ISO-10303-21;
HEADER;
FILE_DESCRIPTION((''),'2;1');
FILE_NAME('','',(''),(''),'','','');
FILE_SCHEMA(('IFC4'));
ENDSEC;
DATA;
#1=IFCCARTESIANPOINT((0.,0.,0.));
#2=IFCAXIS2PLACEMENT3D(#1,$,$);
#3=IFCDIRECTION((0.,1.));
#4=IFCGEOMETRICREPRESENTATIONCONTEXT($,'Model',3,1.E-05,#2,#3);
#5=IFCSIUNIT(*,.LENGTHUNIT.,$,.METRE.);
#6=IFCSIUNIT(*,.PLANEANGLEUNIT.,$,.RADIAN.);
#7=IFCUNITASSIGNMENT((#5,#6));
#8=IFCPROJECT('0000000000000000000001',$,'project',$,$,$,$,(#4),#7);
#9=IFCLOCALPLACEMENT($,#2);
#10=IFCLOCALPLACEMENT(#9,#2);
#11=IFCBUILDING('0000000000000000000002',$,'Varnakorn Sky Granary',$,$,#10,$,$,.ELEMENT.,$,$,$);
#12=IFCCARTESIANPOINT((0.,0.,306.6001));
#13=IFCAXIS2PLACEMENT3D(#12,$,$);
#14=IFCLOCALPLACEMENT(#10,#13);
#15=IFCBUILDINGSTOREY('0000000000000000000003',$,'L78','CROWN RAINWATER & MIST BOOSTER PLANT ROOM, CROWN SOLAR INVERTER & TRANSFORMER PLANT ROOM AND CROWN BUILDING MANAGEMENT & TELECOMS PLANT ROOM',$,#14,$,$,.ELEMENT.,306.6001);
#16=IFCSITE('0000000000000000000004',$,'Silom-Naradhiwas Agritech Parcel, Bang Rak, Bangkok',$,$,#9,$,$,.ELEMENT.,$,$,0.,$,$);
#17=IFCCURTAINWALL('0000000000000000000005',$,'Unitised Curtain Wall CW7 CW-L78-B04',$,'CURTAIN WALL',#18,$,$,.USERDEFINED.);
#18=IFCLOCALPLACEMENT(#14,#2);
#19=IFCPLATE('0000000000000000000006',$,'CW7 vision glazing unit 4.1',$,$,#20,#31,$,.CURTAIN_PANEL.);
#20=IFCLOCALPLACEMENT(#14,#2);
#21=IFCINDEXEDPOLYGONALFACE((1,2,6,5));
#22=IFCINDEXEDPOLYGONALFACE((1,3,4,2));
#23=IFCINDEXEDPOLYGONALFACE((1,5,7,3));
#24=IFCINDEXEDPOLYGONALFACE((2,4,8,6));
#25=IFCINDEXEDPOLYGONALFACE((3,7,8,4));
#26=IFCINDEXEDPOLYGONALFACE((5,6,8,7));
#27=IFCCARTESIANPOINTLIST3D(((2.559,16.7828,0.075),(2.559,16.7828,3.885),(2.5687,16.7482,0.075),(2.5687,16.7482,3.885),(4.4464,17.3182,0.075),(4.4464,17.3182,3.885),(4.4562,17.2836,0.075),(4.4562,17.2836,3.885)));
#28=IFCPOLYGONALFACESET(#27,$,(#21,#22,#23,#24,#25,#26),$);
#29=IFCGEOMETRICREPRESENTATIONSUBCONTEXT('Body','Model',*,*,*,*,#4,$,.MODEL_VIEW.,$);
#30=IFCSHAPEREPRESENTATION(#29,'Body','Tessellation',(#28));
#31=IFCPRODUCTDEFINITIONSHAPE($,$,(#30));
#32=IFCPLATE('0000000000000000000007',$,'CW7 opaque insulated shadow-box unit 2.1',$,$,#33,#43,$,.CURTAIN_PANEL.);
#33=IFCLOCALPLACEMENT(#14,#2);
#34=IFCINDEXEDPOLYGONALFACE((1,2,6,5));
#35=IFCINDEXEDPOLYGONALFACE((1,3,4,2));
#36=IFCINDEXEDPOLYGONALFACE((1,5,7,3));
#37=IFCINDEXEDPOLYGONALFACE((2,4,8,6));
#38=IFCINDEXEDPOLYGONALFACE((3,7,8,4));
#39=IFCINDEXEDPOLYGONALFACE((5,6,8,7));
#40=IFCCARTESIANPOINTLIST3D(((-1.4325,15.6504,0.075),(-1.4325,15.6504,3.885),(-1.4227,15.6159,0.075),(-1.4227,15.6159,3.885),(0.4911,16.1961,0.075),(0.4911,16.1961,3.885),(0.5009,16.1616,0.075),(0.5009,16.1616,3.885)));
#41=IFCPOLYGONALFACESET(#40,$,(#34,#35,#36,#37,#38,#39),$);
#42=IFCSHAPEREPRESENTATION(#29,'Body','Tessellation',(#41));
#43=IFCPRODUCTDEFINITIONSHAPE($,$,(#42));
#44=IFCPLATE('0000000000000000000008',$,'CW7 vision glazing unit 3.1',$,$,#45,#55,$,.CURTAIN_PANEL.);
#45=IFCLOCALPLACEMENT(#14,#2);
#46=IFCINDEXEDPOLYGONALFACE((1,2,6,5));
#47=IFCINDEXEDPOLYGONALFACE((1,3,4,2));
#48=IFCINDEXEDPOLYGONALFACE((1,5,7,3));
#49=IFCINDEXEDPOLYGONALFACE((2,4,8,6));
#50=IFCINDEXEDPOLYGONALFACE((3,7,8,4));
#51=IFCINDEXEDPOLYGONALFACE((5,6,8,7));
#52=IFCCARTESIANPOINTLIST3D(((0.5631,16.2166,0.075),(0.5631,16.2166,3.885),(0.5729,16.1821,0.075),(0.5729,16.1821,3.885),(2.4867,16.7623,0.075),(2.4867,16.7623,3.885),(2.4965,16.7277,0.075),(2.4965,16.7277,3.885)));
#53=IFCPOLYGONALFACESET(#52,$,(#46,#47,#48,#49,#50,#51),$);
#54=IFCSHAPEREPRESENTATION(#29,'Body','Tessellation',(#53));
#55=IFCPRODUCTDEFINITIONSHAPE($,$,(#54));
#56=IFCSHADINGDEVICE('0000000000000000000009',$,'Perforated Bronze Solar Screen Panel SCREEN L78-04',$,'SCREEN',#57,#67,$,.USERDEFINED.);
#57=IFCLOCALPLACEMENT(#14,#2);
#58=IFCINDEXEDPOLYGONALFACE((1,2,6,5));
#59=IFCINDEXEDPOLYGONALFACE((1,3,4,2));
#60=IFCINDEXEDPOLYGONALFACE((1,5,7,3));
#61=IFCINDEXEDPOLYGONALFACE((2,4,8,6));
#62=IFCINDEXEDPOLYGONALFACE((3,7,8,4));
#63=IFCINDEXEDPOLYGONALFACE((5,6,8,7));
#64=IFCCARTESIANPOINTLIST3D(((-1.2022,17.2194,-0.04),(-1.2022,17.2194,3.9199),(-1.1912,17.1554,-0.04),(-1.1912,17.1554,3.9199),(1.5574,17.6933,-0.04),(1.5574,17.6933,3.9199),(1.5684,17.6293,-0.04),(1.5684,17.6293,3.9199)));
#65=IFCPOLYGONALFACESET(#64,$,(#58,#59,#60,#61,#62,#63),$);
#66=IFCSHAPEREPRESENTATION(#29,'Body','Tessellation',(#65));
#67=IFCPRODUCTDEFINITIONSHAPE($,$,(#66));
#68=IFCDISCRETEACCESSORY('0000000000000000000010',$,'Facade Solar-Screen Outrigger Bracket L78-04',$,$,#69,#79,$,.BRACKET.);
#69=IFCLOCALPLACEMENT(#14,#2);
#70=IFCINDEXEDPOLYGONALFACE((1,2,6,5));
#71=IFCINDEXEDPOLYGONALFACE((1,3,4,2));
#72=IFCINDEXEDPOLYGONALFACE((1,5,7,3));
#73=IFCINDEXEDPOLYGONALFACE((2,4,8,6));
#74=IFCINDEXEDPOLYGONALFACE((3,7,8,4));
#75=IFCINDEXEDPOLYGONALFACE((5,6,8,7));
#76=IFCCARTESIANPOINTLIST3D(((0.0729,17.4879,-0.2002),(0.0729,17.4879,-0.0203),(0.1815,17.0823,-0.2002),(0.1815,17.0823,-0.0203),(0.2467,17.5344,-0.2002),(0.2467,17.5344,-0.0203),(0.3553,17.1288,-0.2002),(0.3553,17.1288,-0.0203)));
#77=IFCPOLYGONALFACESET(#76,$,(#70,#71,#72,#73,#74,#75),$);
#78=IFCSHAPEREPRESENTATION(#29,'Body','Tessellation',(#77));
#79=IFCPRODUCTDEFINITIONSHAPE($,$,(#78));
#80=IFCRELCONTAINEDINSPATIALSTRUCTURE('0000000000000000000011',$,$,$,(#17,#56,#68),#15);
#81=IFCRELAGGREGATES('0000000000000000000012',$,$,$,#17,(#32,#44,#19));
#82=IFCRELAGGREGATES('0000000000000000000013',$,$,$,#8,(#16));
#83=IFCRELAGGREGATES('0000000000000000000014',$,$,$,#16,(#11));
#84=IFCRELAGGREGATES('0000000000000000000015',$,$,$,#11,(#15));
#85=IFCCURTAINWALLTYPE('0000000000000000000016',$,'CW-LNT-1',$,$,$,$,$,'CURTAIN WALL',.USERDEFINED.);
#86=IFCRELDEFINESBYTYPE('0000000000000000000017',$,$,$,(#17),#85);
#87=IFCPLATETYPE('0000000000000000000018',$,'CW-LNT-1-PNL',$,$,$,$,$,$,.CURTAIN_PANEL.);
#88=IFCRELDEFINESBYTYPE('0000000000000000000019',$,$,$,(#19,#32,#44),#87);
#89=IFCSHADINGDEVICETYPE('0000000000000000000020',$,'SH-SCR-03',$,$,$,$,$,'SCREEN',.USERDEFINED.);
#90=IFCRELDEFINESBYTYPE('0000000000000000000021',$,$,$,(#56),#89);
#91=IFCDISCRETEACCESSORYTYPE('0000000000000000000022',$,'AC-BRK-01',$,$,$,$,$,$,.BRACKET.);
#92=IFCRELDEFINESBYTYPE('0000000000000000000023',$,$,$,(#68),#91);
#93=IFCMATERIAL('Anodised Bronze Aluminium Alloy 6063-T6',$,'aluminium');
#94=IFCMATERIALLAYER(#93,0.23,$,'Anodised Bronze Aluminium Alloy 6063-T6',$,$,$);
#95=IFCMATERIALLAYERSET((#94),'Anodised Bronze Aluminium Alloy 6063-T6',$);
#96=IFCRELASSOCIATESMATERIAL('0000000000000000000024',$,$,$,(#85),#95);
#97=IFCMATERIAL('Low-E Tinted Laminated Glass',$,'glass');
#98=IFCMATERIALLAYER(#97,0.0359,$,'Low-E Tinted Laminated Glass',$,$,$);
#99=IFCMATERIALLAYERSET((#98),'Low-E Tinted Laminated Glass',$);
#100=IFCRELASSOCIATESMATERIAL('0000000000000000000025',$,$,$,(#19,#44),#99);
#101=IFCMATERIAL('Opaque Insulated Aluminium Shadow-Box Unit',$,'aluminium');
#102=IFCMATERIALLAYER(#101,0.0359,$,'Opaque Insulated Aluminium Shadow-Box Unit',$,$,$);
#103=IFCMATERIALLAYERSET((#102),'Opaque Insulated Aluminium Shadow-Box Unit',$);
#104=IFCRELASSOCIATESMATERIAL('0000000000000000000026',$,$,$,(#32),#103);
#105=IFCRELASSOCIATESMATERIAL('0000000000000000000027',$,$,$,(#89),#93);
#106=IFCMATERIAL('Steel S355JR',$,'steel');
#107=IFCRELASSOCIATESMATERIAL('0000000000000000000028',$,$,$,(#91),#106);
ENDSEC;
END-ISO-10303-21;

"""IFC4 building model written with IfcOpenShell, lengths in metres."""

from ifc_helpers import new_model, si_unit, direction, frame, origin, origin_2d, place, context, subcontext, project, spatial, rectangle, extrude, source, transform, mapped, material, layer, layer_set, type_object, type_shapes, element, aggregate, save


model = new_model("IFC4")

# Units and contexts
model_context = context("Model", 3, precision=1e-05, world=origin(), true_north=direction((0.0, 1.0)))
body_context = subcontext(model_context, "Body", "Model", "MODEL_VIEW")
ifc_project = project(units=[si_unit("LENGTHUNIT", "METRE"), si_unit("PLANEANGLEUNIT", "RADIAN")], contexts=[model_context])

# Site, building, storey
site_placement = place(None, origin())
site = spatial("IfcSite", under=ifc_project, at=site_placement, Name="Silom-Naradhiwas Agritech Parcel, Bang Rak, Bangkok", CompositionType="ELEMENT", RefElevation=0.0)
building_placement = place(site_placement, origin())
building = spatial("IfcBuilding", under=site, at=building_placement, Name="Varnakorn Sky Granary", CompositionType="ELEMENT")
storey_placement = place(building_placement, frame((0.0, 0.0, 306.6001)))
storey = spatial("IfcBuildingStorey", under=building, at=storey_placement, Name="L78", Description="CROWN RAINWATER & MIST BOOSTER PLANT ROOM, CROWN SOLAR INVERTER & TRANSFORMER PLANT ROOM AND CROWN BUILDING MANAGEMENT & TELECOMS PLANT ROOM", CompositionType="ELEMENT", Elevation=306.6001)

# Shared definitions
ifc_material_1 = material(Name="Steel S355JR", Category="steel")

# Shared definitions
ifc_material_2 = material(Name="Anodised Bronze Aluminium Alloy 6063-T6", Category="aluminium")
ifc_layer_1 = layer(ifc_material_2, 0.23, Name="Anodised Bronze Aluminium Alloy 6063-T6")
ifc_layer_set_1 = layer_set([ifc_layer_1], Name="Anodised Bronze Aluminium Alloy 6063-T6")
curtain_wall_type = type_object("IfcCurtainWallType", Name="CW-LNT-1", ElementType="CURTAIN WALL", PredefinedType="USERDEFINED", material=ifc_layer_set_1)

# Curtain wall
curtain_wall_1_placement = place(storey_placement, origin())
curtain_wall_1 = element("IfcCurtainWall", 1, at=curtain_wall_1_placement, inside=storey, type_object=curtain_wall_type, Name="Unitised Curtain Wall CW7 CW-L78-B04", ObjectType="CURTAIN WALL", PredefinedType="USERDEFINED")

# Plates
ifc_material_3 = material(Name="Opaque Insulated Aluminium Shadow-Box Unit", Category="aluminium")
ifc_layer_2 = layer(ifc_material_3, 0.0359, Name="Opaque Insulated Aluminium Shadow-Box Unit")
ifc_layer_set_2 = layer_set([ifc_layer_2], Name="Opaque Insulated Aluminium Shadow-Box Unit")
plate_type = type_object("IfcPlateType", Name="CW-LNT-1-PNL", PredefinedType="CURTAIN_PANEL")
shared_shape_1 = source(origin(), body_context, "Body", "SweptSolid", [
    extrude(rectangle(XDim=1.9619, YDim=0.0359, at=origin_2d()), origin(), (0.0, 0.0, 1.0), 3.8101),
])
ifc_material_4 = material(Name="Low-E Tinted Laminated Glass", Category="glass")
ifc_layer_3 = layer(ifc_material_4, 0.0359, Name="Low-E Tinted Laminated Glass")
ifc_layer_set_3 = layer_set([ifc_layer_3], Name="Low-E Tinted Laminated Glass")
plate_1_placement = place(storey_placement, frame((3.5076, 17.0332, 0.075), z_axis=(0.0, 0.0, 1.0), x_axis=(0.962041, 0.272905, 0.0)))
plate_1 = element("IfcPlate", 2, at=plate_1_placement, type_object=plate_type, material=ifc_layer_set_3, Name="CW7 vision glazing unit 4.1", PredefinedType="CURTAIN_PANEL", context=body_context, shape_type="MappedRepresentation", body=[
    mapped(shared_shape_1, transform((0.0, 0.0, 0.0), x_axis=(1.0, 0.0, 0.0), y_axis=(0.0, 1.0, 0.0), z_axis=(0.0, 0.0, 1.0), scale=1.0)),
])
shared_shape_2 = source(origin(), body_context, "Body", "SweptSolid", [
    extrude(rectangle(XDim=1.9995, YDim=0.0359, at=origin_2d()), origin(), (0.0, 0.0, 1.0), 3.8101),
])
type_shapes(plate_type, [shared_shape_1, shared_shape_2])
plate_2_placement = place(storey_placement, frame((-0.4658, 15.906, 0.075), z_axis=(0.0, 0.0, 1.0), x_axis=(0.962041, 0.272905, 0.0)))
plate_2 = element("IfcPlate", 3, at=plate_2_placement, type_object=plate_type, material=ifc_layer_set_2, Name="CW7 opaque insulated shadow-box unit 2.1", PredefinedType="CURTAIN_PANEL", context=body_context, shape_type="MappedRepresentation", body=[
    mapped(shared_shape_2, transform((0.0, 0.0, 0.0), x_axis=(1.0, 0.0, 0.0), y_axis=(0.0, 1.0, 0.0), z_axis=(0.0, 0.0, 1.0), scale=1.0)),
])
plate_3_placement = place(storey_placement, frame((1.5298, 16.4722, 0.075), z_axis=(0.0, 0.0, 1.0), x_axis=(0.962041, 0.272905, 0.0)))
plate_3 = element("IfcPlate", 4, at=plate_3_placement, type_object=plate_type, material=ifc_layer_set_3, Name="CW7 vision glazing unit 3.1", PredefinedType="CURTAIN_PANEL", context=body_context, shape_type="MappedRepresentation", body=[
    mapped(shared_shape_2, transform((0.0, 0.0, 0.0), x_axis=(1.0, 0.0, 0.0), y_axis=(0.0, 1.0, 0.0), z_axis=(0.0, 0.0, 1.0), scale=1.0)),
])
aggregate(curtain_wall_1, [plate_2, plate_3, plate_1])

# Shading device
shading_device_type = type_object("IfcShadingDeviceType", Name="SH-SCR-03", ElementType="SCREEN", PredefinedType="USERDEFINED", material=ifc_material_2)
shared_shape_3 = source(origin(), body_context, "Body", "SweptSolid", [
    extrude(rectangle(XDim=2.8, YDim=0.0649, at=origin_2d()), origin(), (0.0, 0.0, 1.0), 3.96),
])
type_shapes(shading_device_type, [shared_shape_3])
shading_device_placement = place(storey_placement, frame((0.1831, 17.4243, -0.04), z_axis=(0.0, 0.0, 1.0), x_axis=(-0.985573, -0.169252, 0.0)))
element("IfcShadingDevice", 5, at=shading_device_placement, inside=storey, type_object=shading_device_type, Name="Perforated Bronze Solar Screen Panel SCREEN L78-04", ObjectType="SCREEN", PredefinedType="USERDEFINED", context=body_context, shape_type="MappedRepresentation", body=[
    mapped(shared_shape_3, transform((0.0, 0.0, 0.0), x_axis=(1.0, 0.0, 0.0), y_axis=(0.0, 1.0, 0.0), z_axis=(0.0, 0.0, 1.0), scale=1.0)),
])

# Discrete accessory
discrete_accessory_type = type_object("IfcDiscreteAccessoryType", Name="AC-BRK-01", PredefinedType="BRACKET", material=ifc_material_1)
shared_shape_4 = source(origin(), body_context, "Body", "SweptSolid", [
    extrude(rectangle(XDim=0.1799, YDim=0.4199, at=origin_2d()), origin(), (0.0, 0.0, 1.0), 0.1799),
])
type_shapes(discrete_accessory_type, [shared_shape_4])
discrete_accessory_placement = place(storey_placement, frame((0.2141, 17.3083, -0.2002), z_axis=(0.0, 0.0, 1.0), x_axis=(-0.965951, -0.258724, 0.0)))
element("IfcDiscreteAccessory", 6, at=discrete_accessory_placement, inside=storey, type_object=discrete_accessory_type, Name="Facade Solar-Screen Outrigger Bracket L78-04", PredefinedType="BRACKET", context=body_context, shape_type="MappedRepresentation", body=[
    mapped(shared_shape_4, transform((0.0, 0.0, 0.0), x_axis=(1.0, 0.0, 0.0), y_axis=(0.0, 1.0, 0.0), z_axis=(0.0, 0.0, 1.0), scale=1.0)),
])

save(model, "model.ifc")
